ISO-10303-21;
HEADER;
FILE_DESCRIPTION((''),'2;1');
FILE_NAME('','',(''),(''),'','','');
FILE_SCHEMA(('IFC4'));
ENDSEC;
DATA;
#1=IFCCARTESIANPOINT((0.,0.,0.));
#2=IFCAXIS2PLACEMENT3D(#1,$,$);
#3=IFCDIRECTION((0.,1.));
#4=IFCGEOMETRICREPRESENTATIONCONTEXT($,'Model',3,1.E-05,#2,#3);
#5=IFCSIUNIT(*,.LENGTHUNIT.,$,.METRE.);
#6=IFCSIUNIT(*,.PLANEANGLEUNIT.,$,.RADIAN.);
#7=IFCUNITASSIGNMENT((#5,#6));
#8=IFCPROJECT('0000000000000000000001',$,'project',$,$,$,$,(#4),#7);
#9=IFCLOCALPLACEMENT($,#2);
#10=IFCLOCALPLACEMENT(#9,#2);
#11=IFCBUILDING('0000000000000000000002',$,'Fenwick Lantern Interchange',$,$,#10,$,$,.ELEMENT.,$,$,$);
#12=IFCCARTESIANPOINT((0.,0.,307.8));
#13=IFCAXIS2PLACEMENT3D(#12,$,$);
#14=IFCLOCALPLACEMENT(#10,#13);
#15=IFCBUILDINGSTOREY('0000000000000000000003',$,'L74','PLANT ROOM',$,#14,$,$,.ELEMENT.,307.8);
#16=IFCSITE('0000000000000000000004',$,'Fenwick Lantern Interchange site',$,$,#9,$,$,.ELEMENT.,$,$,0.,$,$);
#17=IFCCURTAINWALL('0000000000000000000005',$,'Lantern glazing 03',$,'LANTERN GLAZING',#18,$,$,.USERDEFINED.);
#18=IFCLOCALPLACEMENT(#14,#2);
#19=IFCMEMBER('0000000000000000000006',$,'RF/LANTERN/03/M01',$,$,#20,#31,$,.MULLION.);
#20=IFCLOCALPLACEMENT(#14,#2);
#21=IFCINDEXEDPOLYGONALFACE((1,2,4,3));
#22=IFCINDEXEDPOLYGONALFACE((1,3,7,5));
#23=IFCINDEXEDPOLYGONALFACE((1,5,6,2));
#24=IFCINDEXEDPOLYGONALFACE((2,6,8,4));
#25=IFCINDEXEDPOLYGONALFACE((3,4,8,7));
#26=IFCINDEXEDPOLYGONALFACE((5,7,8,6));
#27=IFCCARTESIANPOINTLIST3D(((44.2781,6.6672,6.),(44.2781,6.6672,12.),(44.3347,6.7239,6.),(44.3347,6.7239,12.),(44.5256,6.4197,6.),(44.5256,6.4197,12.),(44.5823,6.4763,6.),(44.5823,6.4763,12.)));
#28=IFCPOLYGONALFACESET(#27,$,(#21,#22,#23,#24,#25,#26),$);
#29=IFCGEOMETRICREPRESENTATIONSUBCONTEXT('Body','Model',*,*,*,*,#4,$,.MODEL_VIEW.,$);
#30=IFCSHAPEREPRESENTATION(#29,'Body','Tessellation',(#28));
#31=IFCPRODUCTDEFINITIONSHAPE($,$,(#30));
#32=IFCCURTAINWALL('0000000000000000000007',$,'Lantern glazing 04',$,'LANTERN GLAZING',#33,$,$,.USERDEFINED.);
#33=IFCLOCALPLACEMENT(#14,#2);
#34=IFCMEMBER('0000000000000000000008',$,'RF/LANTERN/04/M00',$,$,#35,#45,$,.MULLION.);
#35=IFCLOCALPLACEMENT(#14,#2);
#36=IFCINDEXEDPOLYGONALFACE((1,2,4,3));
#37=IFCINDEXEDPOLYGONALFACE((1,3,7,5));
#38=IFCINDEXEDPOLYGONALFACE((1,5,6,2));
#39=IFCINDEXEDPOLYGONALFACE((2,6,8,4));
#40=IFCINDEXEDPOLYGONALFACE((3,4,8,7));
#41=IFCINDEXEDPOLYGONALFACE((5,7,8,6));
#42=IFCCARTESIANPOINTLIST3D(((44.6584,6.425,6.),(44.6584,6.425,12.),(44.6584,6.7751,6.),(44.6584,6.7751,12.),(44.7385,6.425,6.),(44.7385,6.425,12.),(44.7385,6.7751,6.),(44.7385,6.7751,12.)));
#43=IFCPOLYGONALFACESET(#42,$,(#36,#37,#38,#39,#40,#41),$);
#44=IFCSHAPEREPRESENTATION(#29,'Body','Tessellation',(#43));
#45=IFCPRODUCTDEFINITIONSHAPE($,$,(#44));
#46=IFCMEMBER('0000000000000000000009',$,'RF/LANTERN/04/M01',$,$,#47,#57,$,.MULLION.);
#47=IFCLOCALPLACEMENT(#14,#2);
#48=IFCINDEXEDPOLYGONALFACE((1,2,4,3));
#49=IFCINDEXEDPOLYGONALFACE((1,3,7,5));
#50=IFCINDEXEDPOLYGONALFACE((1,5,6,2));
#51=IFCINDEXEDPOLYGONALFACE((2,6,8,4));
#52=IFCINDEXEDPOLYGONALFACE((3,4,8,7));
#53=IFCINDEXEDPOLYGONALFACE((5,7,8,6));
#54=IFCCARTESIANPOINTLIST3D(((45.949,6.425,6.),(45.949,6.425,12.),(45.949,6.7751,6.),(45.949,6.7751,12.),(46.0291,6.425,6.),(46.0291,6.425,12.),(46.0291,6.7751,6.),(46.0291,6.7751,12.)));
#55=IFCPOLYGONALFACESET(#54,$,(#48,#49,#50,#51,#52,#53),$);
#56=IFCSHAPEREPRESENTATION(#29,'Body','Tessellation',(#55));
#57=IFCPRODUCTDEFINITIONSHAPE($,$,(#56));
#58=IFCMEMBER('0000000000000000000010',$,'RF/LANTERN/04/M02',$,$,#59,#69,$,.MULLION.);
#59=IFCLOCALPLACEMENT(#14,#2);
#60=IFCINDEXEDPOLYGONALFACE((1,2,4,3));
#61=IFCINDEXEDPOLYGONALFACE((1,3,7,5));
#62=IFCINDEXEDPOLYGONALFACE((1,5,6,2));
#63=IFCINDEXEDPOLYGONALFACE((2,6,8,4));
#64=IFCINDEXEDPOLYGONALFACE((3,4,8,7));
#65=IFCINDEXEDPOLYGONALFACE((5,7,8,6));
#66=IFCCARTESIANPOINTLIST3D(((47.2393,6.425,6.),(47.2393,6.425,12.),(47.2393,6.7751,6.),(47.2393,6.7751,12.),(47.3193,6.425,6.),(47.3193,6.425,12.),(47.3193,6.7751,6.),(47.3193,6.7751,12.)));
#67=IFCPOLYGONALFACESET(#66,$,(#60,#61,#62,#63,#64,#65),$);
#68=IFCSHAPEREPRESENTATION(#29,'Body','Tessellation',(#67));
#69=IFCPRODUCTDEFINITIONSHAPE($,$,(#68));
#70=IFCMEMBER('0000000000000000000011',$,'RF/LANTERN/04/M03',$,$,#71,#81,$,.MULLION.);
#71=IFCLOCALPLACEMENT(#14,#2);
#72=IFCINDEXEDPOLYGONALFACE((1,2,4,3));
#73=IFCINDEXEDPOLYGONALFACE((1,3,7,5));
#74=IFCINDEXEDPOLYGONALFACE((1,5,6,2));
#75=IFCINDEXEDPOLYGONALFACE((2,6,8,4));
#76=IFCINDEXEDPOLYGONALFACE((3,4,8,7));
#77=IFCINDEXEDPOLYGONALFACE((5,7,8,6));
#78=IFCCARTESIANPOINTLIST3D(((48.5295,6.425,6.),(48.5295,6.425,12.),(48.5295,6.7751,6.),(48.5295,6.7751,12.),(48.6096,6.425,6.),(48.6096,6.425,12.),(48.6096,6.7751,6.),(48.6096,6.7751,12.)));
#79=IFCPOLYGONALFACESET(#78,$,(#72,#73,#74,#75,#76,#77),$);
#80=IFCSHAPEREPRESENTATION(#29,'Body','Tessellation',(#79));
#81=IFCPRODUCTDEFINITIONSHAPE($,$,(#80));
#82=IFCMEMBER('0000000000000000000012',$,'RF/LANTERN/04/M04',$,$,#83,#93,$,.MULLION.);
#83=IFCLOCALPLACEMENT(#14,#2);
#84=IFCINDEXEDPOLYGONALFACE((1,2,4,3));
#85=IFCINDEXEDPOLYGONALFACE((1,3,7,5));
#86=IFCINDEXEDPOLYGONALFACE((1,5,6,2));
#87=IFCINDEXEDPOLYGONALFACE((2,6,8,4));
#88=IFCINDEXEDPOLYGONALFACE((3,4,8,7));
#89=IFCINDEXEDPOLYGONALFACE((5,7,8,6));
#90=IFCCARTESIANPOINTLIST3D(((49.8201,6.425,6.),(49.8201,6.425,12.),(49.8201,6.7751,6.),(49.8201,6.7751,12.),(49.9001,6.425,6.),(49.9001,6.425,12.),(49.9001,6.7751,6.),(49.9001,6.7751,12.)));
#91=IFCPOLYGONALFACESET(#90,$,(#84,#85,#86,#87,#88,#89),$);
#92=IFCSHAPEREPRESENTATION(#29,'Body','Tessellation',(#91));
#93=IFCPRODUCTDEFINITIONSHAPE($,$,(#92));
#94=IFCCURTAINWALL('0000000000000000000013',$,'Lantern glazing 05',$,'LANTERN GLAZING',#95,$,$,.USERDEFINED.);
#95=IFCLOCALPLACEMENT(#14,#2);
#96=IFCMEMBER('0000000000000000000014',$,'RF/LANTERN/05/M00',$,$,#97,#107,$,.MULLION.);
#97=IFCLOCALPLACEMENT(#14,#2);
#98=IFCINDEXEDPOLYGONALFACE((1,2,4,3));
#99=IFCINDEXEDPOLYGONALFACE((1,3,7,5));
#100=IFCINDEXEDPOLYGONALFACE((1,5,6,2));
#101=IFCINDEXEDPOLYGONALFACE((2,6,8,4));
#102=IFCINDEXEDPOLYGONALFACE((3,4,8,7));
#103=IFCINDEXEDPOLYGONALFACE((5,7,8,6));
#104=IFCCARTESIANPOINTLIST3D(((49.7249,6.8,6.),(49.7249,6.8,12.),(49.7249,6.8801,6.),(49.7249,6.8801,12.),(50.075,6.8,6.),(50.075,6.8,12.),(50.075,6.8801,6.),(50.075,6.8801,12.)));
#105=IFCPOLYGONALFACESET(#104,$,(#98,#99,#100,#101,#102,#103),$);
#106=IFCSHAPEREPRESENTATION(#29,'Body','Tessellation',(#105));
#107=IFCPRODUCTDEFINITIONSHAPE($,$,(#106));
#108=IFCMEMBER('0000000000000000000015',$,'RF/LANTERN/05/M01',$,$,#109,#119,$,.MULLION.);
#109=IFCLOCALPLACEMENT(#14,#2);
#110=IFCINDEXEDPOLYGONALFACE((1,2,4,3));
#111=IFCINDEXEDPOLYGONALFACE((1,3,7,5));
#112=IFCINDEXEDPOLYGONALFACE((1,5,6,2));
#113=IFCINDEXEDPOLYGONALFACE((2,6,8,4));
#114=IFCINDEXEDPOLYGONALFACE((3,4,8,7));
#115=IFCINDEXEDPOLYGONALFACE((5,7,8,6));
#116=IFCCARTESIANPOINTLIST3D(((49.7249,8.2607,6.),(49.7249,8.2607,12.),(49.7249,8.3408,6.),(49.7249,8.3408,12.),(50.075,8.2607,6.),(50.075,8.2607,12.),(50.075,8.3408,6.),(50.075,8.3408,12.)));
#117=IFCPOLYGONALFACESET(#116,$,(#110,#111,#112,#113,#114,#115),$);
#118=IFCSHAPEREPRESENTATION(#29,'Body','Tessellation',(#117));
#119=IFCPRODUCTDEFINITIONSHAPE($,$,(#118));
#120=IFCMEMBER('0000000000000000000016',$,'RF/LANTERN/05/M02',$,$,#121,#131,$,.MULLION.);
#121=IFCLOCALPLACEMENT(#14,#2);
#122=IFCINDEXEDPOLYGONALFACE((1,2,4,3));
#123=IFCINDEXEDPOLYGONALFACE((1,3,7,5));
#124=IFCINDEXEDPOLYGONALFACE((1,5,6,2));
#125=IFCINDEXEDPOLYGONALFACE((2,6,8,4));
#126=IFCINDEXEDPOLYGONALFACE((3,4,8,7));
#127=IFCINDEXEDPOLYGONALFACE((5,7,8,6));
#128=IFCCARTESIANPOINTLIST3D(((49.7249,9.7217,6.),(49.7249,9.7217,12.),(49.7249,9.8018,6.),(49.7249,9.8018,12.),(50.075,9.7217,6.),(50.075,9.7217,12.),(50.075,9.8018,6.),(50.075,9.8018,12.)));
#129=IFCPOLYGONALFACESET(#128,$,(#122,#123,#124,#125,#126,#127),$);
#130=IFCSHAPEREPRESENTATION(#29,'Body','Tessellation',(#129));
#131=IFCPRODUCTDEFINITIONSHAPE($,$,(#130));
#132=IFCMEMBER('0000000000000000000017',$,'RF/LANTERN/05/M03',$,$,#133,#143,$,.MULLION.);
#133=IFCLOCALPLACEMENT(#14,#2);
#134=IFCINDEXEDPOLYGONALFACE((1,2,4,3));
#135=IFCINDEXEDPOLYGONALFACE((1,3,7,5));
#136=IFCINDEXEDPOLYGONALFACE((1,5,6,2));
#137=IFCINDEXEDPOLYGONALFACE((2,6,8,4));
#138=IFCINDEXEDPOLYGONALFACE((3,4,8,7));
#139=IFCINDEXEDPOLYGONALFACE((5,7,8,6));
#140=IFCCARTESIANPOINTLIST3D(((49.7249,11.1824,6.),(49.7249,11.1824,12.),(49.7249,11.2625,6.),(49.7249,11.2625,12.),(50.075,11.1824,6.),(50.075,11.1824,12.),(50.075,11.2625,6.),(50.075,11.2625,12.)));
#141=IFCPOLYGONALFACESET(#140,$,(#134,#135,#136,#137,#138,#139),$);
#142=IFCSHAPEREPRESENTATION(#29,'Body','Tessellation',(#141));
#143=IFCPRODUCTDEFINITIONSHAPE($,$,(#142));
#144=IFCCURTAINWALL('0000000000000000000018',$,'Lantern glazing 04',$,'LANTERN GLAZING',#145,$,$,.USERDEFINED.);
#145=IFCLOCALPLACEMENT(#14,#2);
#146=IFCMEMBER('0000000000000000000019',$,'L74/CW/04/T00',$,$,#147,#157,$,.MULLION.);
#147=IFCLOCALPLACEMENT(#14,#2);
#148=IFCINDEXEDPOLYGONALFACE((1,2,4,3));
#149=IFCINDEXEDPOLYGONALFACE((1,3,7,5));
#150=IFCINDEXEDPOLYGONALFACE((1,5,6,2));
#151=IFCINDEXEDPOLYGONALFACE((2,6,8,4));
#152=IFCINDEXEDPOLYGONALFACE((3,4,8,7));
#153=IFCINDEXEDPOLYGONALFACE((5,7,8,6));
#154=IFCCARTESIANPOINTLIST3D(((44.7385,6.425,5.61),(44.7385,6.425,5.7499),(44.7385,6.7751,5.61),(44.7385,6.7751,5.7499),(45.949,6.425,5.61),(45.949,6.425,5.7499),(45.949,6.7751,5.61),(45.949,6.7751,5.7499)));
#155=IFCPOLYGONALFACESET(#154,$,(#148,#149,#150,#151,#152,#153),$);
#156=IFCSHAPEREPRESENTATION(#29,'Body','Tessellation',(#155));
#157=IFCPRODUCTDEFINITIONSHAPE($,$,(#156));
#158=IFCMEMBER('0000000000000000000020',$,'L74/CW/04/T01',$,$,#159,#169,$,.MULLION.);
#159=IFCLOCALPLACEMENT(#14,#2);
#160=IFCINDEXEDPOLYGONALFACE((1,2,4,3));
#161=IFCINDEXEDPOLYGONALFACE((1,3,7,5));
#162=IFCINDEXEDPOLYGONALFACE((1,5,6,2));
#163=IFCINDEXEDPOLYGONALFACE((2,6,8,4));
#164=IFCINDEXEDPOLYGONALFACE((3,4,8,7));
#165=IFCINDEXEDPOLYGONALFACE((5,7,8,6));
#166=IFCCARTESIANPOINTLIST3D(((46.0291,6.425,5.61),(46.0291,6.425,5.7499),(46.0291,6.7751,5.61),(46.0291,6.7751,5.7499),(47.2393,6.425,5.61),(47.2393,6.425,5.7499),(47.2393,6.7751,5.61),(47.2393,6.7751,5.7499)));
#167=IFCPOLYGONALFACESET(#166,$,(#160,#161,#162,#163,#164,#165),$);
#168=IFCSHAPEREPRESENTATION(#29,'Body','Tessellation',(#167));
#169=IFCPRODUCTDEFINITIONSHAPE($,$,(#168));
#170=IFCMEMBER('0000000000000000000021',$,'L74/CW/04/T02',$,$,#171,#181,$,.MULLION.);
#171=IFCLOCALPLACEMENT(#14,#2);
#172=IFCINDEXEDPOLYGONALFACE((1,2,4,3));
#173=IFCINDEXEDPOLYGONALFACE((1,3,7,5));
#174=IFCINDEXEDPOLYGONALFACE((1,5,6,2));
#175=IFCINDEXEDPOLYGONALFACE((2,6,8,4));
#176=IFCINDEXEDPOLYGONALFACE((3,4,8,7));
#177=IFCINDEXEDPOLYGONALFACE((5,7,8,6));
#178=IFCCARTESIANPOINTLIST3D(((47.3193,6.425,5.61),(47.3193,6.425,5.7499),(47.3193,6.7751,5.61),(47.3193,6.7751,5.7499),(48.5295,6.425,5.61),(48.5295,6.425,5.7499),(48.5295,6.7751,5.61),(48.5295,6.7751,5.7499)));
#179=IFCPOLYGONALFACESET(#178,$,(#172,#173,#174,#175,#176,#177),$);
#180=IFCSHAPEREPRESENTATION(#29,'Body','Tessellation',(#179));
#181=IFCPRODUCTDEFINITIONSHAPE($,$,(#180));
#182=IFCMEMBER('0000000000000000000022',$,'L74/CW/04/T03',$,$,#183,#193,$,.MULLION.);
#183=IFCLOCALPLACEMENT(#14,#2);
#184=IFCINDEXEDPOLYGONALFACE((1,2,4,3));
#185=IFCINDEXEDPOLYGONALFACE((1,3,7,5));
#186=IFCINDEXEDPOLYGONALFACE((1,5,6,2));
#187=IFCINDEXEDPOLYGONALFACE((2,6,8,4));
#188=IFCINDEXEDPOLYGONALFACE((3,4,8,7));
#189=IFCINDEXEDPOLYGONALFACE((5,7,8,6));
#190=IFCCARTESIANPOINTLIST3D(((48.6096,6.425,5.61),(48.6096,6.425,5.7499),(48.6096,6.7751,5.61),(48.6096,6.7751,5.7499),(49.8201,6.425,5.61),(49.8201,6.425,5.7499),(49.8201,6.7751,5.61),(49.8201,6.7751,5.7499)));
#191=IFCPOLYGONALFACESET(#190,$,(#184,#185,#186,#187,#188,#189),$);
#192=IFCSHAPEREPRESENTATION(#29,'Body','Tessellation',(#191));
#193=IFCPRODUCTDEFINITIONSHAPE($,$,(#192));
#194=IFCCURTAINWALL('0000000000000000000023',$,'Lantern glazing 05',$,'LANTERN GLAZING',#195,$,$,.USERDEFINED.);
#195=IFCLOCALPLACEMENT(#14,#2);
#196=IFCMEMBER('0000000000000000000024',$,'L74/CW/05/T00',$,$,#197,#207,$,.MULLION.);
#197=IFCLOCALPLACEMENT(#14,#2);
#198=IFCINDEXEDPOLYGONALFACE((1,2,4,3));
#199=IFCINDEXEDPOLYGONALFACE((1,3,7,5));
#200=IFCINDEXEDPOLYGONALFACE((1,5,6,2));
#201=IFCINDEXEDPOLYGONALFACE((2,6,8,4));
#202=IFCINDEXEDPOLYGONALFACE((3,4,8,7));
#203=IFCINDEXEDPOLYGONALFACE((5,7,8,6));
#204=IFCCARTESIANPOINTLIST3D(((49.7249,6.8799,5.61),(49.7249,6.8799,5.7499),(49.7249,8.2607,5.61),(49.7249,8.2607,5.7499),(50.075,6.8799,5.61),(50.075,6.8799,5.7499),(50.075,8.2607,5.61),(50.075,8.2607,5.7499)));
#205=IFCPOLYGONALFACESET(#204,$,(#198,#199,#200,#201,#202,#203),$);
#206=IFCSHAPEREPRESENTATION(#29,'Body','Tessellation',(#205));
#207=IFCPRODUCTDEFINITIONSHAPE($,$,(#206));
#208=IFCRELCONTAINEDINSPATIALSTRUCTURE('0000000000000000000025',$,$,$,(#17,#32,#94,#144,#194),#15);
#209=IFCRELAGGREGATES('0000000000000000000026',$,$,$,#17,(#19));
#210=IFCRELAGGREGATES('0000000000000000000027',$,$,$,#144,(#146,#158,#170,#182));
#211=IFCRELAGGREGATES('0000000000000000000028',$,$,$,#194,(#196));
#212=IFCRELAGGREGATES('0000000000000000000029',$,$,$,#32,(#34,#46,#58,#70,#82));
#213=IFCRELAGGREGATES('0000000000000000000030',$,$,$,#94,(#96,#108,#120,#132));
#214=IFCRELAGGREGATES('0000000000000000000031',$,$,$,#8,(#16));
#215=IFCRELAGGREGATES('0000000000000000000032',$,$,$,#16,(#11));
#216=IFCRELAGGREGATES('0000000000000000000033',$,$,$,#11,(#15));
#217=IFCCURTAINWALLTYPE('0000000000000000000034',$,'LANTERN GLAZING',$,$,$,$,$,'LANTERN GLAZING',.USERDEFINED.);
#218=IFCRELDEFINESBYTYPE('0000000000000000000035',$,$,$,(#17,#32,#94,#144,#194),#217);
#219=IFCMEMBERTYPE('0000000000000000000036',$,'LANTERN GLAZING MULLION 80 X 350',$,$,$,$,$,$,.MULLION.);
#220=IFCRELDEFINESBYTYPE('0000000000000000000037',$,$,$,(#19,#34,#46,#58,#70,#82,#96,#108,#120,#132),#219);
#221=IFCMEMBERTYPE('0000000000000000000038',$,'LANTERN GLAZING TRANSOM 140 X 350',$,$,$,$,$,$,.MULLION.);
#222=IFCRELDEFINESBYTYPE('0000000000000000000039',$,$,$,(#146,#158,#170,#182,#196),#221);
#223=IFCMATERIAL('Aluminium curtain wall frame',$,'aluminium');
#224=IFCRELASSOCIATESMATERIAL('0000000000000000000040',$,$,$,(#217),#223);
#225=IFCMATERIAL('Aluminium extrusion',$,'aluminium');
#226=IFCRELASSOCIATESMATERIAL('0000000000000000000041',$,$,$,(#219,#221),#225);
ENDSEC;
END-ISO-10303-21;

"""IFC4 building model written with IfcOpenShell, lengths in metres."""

from ifc_helpers import new_model, si_unit, direction, frame, origin, origin_2d, place, context, subcontext, project, spatial, rectangle, extrude, material, material_profile, profile_set, type_object, element, aggregate, save


model = new_model("IFC4")

# Units and contexts
model_context = context("Model", 3, precision=1e-05, world=origin(), true_north=direction((0.0, 1.0)))
body_context = subcontext(model_context, "Body", "Model", "MODEL_VIEW")
ifc_project = project(units=[si_unit("LENGTHUNIT", "METRE"), si_unit("PLANEANGLEUNIT", "RADIAN")], contexts=[model_context])

# Site, building, storey
site_placement = place(None, origin())
site = spatial("IfcSite", under=ifc_project, at=site_placement, Name="Fenwick Lantern Interchange site", CompositionType="ELEMENT", RefElevation=0.0)
building_placement = place(site_placement, origin())
building = spatial("IfcBuilding", under=site, at=building_placement, Name="Fenwick Lantern Interchange", CompositionType="ELEMENT")
storey_placement = place(building_placement, frame((0.0, 0.0, 307.8)))
storey = spatial("IfcBuildingStorey", under=building, at=storey_placement, Name="L74", Description="PLANT ROOM", CompositionType="ELEMENT", Elevation=307.8)

# Curtain wall, member
ifc_material_1 = material(Name="Aluminium curtain wall frame", Category="aluminium")
curtain_wall_type = type_object("IfcCurtainWallType", Name="LANTERN GLAZING", ElementType="LANTERN GLAZING", PredefinedType="USERDEFINED", material=ifc_material_1)
curtain_wall_1_placement = place(storey_placement, origin())
curtain_wall_1 = element("IfcCurtainWall", 1, at=curtain_wall_1_placement, inside=storey, type_object=curtain_wall_type, Name="Lantern glazing 03", ObjectType="LANTERN GLAZING", PredefinedType="USERDEFINED")
ifc_material_2 = material(Name="Aluminium extrusion", Category="aluminium")
ifc_material_profile_1 = material_profile(ifc_material_2, rectangle(XDim=0.3501, YDim=0.0801, at=origin_2d()), Name="LANTERN GLAZING MULLION 80 X 350")
ifc_profile_set_1 = profile_set([ifc_material_profile_1], Name="Aluminium extrusion")
member_type_1 = type_object("IfcMemberType", Name="LANTERN GLAZING MULLION 80 X 350", PredefinedType="MULLION", material=ifc_profile_set_1)
member_1_placement = place(storey_placement, frame((44.4302, 6.5718, 6.0), z_axis=(0.0, 0.0, 1.0), x_axis=(-0.707107, 0.707107, 0.0)))
member_1 = element("IfcMember", 2, at=member_1_placement, type_object=member_type_1, Name="RF/LANTERN/03/M01", PredefinedType="MULLION", context=body_context, shape_type="SweptSolid", body=[
    extrude(rectangle(XDim=0.3501, YDim=0.0801, at=origin_2d()), origin(), (0.0, 0.0, 1.0), 6.0),
])
aggregate(curtain_wall_1, [member_1])

# Curtain walls, members
curtain_wall_2_placement = place(storey_placement, origin())
curtain_wall_2 = element("IfcCurtainWall", 3, at=curtain_wall_2_placement, inside=storey, type_object=curtain_wall_type, Name="Lantern glazing 04", ObjectType="LANTERN GLAZING", PredefinedType="USERDEFINED")
member_2_placement = place(storey_placement, frame((44.6985, 6.6001, 6.0), z_axis=(0.0, 0.0, 1.0), x_axis=(0.0, 1.0, 0.0)))
member_2 = element("IfcMember", 4, at=member_2_placement, type_object=member_type_1, Name="RF/LANTERN/04/M00", PredefinedType="MULLION", context=body_context, shape_type="SweptSolid", body=[
    extrude(rectangle(XDim=0.3501, YDim=0.0801, at=origin_2d()), origin(), (0.0, 0.0, 1.0), 6.0),
])
member_3_placement = place(storey_placement, frame((45.989, 6.6001, 6.0), z_axis=(0.0, 0.0, 1.0), x_axis=(0.0, 1.0, 0.0)))
member_3 = element("IfcMember", 5, at=member_3_placement, type_object=member_type_1, Name="RF/LANTERN/04/M01", PredefinedType="MULLION", context=body_context, shape_type="SweptSolid", body=[
    extrude(rectangle(XDim=0.3501, YDim=0.0801, at=origin_2d()), origin(), (0.0, 0.0, 1.0), 6.0),
])
member_4_placement = place(storey_placement, frame((47.2793, 6.6001, 6.0), z_axis=(0.0, 0.0, 1.0), x_axis=(0.0, 1.0, 0.0)))
member_4 = element("IfcMember", 6, at=member_4_placement, type_object=member_type_1, Name="RF/LANTERN/04/M02", PredefinedType="MULLION", context=body_context, shape_type="SweptSolid", body=[
    extrude(rectangle(XDim=0.3501, YDim=0.0801, at=origin_2d()), origin(), (0.0, 0.0, 1.0), 6.0),
])
member_5_placement = place(storey_placement, frame((48.5696, 6.6001, 6.0), z_axis=(0.0, 0.0, 1.0), x_axis=(0.0, 1.0, 0.0)))
member_5 = element("IfcMember", 7, at=member_5_placement, type_object=member_type_1, Name="RF/LANTERN/04/M03", PredefinedType="MULLION", context=body_context, shape_type="SweptSolid", body=[
    extrude(rectangle(XDim=0.3501, YDim=0.0801, at=origin_2d()), origin(), (0.0, 0.0, 1.0), 6.0),
])
member_6_placement = place(storey_placement, frame((49.8601, 6.6001, 6.0), z_axis=(0.0, 0.0, 1.0), x_axis=(0.0, 1.0, 0.0)))
member_6 = element("IfcMember", 8, at=member_6_placement, type_object=member_type_1, Name="RF/LANTERN/04/M04", PredefinedType="MULLION", context=body_context, shape_type="SweptSolid", body=[
    extrude(rectangle(XDim=0.3501, YDim=0.0801, at=origin_2d()), origin(), (0.0, 0.0, 1.0), 6.0),
])
curtain_wall_3_placement = place(storey_placement, origin())
curtain_wall_3 = element("IfcCurtainWall", 9, at=curtain_wall_3_placement, inside=storey, type_object=curtain_wall_type, Name="Lantern glazing 05", ObjectType="LANTERN GLAZING", PredefinedType="USERDEFINED")
member_7_placement = place(storey_placement, frame((49.8999, 6.8401, 6.0), z_axis=(0.0, 0.0, 1.0), x_axis=(-1.0, 0.0, 0.0)))
member_7 = element("IfcMember", 10, at=member_7_placement, type_object=member_type_1, Name="RF/LANTERN/05/M00", PredefinedType="MULLION", context=body_context, shape_type="SweptSolid", body=[
    extrude(rectangle(XDim=0.3501, YDim=0.0801, at=origin_2d()), origin(), (0.0, 0.0, 1.0), 6.0),
])
member_8_placement = place(storey_placement, frame((49.8999, 8.3008, 6.0), z_axis=(0.0, 0.0, 1.0), x_axis=(-1.0, 0.0, 0.0)))
member_8 = element("IfcMember", 11, at=member_8_placement, type_object=member_type_1, Name="RF/LANTERN/05/M01", PredefinedType="MULLION", context=body_context, shape_type="SweptSolid", body=[
    extrude(rectangle(XDim=0.3501, YDim=0.0801, at=origin_2d()), origin(), (0.0, 0.0, 1.0), 6.0),
])
member_9_placement = place(storey_placement, frame((49.8999, 9.7617, 6.0), z_axis=(0.0, 0.0, 1.0), x_axis=(-1.0, 0.0, 0.0)))
member_9 = element("IfcMember", 12, at=member_9_placement, type_object=member_type_1, Name="RF/LANTERN/05/M02", PredefinedType="MULLION", context=body_context, shape_type="SweptSolid", body=[
    extrude(rectangle(XDim=0.3501, YDim=0.0801, at=origin_2d()), origin(), (0.0, 0.0, 1.0), 6.0),
])
member_10_placement = place(storey_placement, frame((49.8999, 11.2224, 6.0), z_axis=(0.0, 0.0, 1.0), x_axis=(-1.0, 0.0, 0.0)))
member_10 = element("IfcMember", 13, at=member_10_placement, type_object=member_type_1, Name="RF/LANTERN/05/M03", PredefinedType="MULLION", context=body_context, shape_type="SweptSolid", body=[
    extrude(rectangle(XDim=0.3501, YDim=0.0801, at=origin_2d()), origin(), (0.0, 0.0, 1.0), 6.0),
])
curtain_wall_4_placement = place(storey_placement, origin())
curtain_wall_4 = element("IfcCurtainWall", 14, at=curtain_wall_4_placement, inside=storey, type_object=curtain_wall_type, Name="Lantern glazing 04", ObjectType="LANTERN GLAZING", PredefinedType="USERDEFINED")
ifc_material_profile_2 = material_profile(ifc_material_2, rectangle(XDim=0.3501, YDim=0.1399, at=origin_2d()), Name="LANTERN GLAZING TRANSOM 140 X 350")
ifc_profile_set_2 = profile_set([ifc_material_profile_2], Name="Aluminium extrusion")
member_type_2 = type_object("IfcMemberType", Name="LANTERN GLAZING TRANSOM 140 X 350", PredefinedType="MULLION", material=ifc_profile_set_2)
member_11_placement = place(storey_placement, frame((44.7385, 6.6001, 5.6799), z_axis=(1.0, 0.0, 0.0), x_axis=(0.0, 1.0, 0.0)))
member_11 = element("IfcMember", 15, at=member_11_placement, type_object=member_type_2, Name="L74/CW/04/T00", PredefinedType="MULLION", context=body_context, shape_type="SweptSolid", body=[
    extrude(rectangle(XDim=0.3501, YDim=0.1399, at=origin_2d()), origin(), (0.0, 0.0, 1.0), 1.2104),
])
member_12_placement = place(storey_placement, frame((46.0291, 6.6001, 5.6799), z_axis=(1.0, 0.0, 0.0), x_axis=(0.0, 1.0, 0.0)))
member_12 = element("IfcMember", 16, at=member_12_placement, type_object=member_type_2, Name="L74/CW/04/T01", PredefinedType="MULLION", context=body_context, shape_type="SweptSolid", body=[
    extrude(rectangle(XDim=0.3501, YDim=0.1399, at=origin_2d()), origin(), (0.0, 0.0, 1.0), 1.2102),
])
member_13_placement = place(storey_placement, frame((47.3193, 6.6001, 5.6799), z_axis=(1.0, 0.0, 0.0), x_axis=(0.0, 1.0, 0.0)))
member_13 = element("IfcMember", 17, at=member_13_placement, type_object=member_type_2, Name="L74/CW/04/T02", PredefinedType="MULLION", context=body_context, shape_type="SweptSolid", body=[
    extrude(rectangle(XDim=0.3501, YDim=0.1399, at=origin_2d()), origin(), (0.0, 0.0, 1.0), 1.2102),
])
member_14_placement = place(storey_placement, frame((48.6096, 6.6001, 5.6799), z_axis=(1.0, 0.0, 0.0), x_axis=(0.0, 1.0, 0.0)))
member_14 = element("IfcMember", 18, at=member_14_placement, type_object=member_type_2, Name="L74/CW/04/T03", PredefinedType="MULLION", context=body_context, shape_type="SweptSolid", body=[
    extrude(rectangle(XDim=0.3501, YDim=0.1399, at=origin_2d()), origin(), (0.0, 0.0, 1.0), 1.2104),
])
curtain_wall_5_placement = place(storey_placement, origin())
curtain_wall_5 = element("IfcCurtainWall", 19, at=curtain_wall_5_placement, inside=storey, type_object=curtain_wall_type, Name="Lantern glazing 05", ObjectType="LANTERN GLAZING", PredefinedType="USERDEFINED")
member_15_placement = place(storey_placement, frame((49.8999, 6.8799, 5.6799), z_axis=(0.0, 1.0, 0.0), x_axis=(-1.0, 0.0, 0.0)))
member_15 = element("IfcMember", 20, at=member_15_placement, type_object=member_type_2, Name="L74/CW/05/T00", PredefinedType="MULLION", context=body_context, shape_type="SweptSolid", body=[
    extrude(rectangle(XDim=0.3501, YDim=0.1399, at=origin_2d()), origin(), (0.0, 0.0, 1.0), 1.3809),
])

aggregate(curtain_wall_4, [member_11, member_12, member_13, member_14])
aggregate(curtain_wall_5, [member_15])
aggregate(curtain_wall_2, [member_2, member_3, member_4, member_5, member_6])
aggregate(curtain_wall_3, [member_7, member_8, member_9, member_10])

save(model, "model.ifc")
